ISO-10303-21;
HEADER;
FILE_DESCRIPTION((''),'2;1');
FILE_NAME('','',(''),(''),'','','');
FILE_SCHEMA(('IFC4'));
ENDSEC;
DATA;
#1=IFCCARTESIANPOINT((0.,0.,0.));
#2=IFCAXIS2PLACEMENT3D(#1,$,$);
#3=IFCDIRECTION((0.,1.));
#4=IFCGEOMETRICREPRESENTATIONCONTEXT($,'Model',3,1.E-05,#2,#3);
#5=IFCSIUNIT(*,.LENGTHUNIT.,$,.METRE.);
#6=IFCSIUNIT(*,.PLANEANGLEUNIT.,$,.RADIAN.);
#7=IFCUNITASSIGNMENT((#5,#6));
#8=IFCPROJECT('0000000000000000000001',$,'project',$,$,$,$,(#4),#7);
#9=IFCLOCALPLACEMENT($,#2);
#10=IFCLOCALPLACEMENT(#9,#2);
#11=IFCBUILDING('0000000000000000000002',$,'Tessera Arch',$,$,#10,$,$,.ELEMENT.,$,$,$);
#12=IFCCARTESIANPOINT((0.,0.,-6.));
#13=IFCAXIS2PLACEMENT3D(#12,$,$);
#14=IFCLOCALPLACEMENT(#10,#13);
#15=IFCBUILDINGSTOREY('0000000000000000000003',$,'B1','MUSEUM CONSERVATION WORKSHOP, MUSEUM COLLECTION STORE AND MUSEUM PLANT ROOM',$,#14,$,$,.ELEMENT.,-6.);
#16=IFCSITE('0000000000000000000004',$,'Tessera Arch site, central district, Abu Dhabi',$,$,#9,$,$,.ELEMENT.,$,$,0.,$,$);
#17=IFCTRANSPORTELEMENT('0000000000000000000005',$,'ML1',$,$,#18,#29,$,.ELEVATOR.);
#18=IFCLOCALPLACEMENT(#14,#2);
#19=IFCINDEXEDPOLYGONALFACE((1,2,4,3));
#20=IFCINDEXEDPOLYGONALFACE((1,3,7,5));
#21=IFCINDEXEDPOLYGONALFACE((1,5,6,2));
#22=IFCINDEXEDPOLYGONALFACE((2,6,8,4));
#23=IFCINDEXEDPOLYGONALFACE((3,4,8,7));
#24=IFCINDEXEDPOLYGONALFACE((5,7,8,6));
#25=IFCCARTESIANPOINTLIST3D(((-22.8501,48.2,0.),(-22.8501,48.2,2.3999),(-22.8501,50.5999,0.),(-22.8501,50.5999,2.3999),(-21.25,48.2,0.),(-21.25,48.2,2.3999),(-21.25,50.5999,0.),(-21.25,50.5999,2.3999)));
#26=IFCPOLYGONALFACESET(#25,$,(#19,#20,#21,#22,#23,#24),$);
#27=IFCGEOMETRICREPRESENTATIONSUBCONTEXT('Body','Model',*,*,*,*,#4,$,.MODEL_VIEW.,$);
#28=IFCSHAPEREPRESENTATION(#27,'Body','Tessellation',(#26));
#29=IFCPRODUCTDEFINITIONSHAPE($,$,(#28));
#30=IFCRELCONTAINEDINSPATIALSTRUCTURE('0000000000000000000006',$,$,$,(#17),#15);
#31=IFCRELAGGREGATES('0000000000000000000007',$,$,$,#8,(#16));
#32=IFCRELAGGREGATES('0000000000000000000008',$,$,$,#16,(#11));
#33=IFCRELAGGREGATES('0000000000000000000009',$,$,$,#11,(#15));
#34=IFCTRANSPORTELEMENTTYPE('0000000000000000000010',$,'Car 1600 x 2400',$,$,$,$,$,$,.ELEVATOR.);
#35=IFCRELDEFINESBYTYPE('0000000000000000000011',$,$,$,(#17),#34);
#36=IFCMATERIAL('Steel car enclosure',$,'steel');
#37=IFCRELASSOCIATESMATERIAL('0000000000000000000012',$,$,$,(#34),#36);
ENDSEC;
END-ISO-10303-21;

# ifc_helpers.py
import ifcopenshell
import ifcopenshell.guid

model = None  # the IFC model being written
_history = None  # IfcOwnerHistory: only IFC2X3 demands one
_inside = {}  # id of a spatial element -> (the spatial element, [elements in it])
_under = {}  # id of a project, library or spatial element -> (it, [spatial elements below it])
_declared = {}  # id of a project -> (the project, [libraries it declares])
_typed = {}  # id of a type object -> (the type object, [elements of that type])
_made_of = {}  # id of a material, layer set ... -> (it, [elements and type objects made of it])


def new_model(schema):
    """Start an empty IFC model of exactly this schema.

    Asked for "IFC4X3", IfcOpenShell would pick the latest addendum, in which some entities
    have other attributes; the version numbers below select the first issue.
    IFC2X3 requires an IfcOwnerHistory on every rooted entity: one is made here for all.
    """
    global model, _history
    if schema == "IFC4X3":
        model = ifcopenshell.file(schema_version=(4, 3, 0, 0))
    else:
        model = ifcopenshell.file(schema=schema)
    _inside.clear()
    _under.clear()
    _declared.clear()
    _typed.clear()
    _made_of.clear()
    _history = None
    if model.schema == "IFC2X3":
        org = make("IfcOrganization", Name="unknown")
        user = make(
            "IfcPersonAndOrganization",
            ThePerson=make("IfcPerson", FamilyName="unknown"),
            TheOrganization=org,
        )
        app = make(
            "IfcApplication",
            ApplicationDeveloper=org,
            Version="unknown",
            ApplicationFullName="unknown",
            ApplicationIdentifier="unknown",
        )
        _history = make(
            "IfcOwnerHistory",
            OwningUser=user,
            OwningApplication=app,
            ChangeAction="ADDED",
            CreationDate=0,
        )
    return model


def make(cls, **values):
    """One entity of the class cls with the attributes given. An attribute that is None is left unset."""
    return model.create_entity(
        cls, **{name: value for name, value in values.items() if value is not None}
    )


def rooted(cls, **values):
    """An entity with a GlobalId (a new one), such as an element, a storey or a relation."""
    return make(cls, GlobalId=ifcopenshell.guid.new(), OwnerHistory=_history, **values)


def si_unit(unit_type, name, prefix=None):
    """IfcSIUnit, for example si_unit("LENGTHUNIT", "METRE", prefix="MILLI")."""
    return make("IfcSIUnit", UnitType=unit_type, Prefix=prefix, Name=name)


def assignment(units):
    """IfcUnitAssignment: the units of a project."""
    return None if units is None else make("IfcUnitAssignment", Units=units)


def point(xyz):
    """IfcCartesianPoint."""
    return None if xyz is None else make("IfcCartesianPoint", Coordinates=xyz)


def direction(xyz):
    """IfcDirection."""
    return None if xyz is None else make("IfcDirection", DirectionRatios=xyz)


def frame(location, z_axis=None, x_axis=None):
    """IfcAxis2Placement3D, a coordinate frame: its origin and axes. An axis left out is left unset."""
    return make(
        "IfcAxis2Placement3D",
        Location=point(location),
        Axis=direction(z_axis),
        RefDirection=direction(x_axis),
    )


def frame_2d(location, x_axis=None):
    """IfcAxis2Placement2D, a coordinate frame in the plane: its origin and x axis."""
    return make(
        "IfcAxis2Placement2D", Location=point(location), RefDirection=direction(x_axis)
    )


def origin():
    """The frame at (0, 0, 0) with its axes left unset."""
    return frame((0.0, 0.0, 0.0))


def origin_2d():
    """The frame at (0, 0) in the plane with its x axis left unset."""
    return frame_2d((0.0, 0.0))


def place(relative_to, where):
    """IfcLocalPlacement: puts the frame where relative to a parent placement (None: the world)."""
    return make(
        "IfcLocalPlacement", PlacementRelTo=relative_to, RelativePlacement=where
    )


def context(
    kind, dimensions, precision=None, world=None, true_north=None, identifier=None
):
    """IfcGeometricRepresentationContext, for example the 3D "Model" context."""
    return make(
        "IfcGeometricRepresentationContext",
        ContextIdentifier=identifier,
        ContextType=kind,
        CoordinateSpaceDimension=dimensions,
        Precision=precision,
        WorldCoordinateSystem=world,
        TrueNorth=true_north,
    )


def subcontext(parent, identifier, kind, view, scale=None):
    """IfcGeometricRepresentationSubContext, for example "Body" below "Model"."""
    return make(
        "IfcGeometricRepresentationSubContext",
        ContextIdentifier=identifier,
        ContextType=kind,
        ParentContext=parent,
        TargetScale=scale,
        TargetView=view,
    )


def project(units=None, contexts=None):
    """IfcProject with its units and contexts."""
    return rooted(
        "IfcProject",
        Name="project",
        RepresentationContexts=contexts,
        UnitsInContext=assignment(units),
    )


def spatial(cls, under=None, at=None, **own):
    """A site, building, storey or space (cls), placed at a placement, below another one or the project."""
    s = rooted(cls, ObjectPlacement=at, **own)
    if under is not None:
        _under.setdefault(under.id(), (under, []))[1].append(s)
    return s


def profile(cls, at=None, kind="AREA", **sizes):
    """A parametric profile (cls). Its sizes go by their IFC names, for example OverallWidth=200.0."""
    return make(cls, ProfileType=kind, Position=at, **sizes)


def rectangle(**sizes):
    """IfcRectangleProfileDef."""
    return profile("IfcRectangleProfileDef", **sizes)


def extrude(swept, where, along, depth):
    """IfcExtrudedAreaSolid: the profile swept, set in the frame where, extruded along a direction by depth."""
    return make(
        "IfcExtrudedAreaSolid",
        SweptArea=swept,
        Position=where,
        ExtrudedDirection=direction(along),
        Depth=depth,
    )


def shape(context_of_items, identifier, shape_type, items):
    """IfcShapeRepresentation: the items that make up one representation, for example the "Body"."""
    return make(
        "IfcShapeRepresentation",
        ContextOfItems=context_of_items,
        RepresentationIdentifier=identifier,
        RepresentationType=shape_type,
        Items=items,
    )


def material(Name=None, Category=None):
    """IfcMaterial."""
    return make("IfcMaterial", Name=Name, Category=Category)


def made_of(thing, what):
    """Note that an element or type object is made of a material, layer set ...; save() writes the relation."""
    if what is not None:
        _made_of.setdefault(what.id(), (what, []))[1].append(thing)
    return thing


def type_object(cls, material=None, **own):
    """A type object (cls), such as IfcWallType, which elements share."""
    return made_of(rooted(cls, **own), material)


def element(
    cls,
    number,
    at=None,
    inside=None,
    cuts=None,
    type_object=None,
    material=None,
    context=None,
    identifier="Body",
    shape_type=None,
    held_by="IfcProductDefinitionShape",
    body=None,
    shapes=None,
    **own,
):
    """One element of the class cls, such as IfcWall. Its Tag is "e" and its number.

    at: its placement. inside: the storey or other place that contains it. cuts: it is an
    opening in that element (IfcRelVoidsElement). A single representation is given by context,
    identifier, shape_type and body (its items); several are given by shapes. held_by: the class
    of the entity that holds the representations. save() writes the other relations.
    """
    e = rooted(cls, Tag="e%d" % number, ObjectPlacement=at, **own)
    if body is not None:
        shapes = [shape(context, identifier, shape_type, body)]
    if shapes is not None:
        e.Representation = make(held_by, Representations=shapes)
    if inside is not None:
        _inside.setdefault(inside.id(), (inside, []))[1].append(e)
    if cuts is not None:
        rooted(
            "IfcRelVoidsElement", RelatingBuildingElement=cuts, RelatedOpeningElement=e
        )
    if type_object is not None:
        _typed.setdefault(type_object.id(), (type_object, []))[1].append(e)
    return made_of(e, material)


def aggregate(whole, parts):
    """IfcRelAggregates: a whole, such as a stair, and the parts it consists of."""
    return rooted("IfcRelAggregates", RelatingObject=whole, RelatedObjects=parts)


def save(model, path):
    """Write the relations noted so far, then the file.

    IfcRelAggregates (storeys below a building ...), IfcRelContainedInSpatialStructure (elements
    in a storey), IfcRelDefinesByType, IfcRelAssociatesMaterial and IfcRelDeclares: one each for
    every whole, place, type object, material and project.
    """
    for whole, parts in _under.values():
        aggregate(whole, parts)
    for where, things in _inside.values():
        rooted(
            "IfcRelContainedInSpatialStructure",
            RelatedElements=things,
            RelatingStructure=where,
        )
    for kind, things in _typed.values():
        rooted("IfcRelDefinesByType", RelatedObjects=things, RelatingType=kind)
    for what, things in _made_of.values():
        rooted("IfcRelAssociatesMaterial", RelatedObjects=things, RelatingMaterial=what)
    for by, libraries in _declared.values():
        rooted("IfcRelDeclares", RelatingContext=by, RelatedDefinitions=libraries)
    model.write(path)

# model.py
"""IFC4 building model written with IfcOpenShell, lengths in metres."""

from ifc_helpers import new_model, si_unit, direction, frame, origin, origin_2d, place, context, subcontext, project, spatial, rectangle, extrude, material, type_object, element, save


model = new_model("IFC4")

# Units and contexts
model_context = context("Model", 3, precision=1e-05, world=origin(), true_north=direction((0.0, 1.0)))
body_context = subcontext(model_context, "Body", "Model", "MODEL_VIEW")
ifc_project = project(units=[si_unit("LENGTHUNIT", "METRE"), si_unit("PLANEANGLEUNIT", "RADIAN")], contexts=[model_context])

# Site, building, storey
site_placement = place(None, origin())
site = spatial("IfcSite", under=ifc_project, at=site_placement, Name="Tessera Arch site, central district, Abu Dhabi", CompositionType="ELEMENT", RefElevation=0.0)
building_placement = place(site_placement, origin())
building = spatial("IfcBuilding", under=site, at=building_placement, Name="Tessera Arch", CompositionType="ELEMENT")
storey_placement = place(building_placement, frame((0.0, 0.0, -6.0)))
storey = spatial("IfcBuildingStorey", under=building, at=storey_placement, Name="B1", Description="MUSEUM CONSERVATION WORKSHOP, MUSEUM COLLECTION STORE AND MUSEUM PLANT ROOM", CompositionType="ELEMENT", Elevation=-6.0)

# Transport element
ifc_material_1 = material(Name="Steel car enclosure", Category="steel")
transport_element_type = type_object("IfcTransportElementType", Name="Car 1600 x 2400", PredefinedType="ELEVATOR", material=ifc_material_1)
transport_element_placement = place(storey_placement, frame((-22.05, 49.3999, 0.0), z_axis=(0.0, 0.0, 1.0), x_axis=(1.0, 0.0, 0.0)))
element("IfcTransportElement", 1, at=transport_element_placement, inside=storey, type_object=transport_element_type, Name="ML1", PredefinedType="ELEVATOR", context=body_context, shape_type="SweptSolid", body=[
    extrude(rectangle(XDim=1.6001, YDim=2.3999, at=origin_2d()), origin(), (0.0, 0.0, 1.0), 2.3999),
])

save(model, "model.ifc")
